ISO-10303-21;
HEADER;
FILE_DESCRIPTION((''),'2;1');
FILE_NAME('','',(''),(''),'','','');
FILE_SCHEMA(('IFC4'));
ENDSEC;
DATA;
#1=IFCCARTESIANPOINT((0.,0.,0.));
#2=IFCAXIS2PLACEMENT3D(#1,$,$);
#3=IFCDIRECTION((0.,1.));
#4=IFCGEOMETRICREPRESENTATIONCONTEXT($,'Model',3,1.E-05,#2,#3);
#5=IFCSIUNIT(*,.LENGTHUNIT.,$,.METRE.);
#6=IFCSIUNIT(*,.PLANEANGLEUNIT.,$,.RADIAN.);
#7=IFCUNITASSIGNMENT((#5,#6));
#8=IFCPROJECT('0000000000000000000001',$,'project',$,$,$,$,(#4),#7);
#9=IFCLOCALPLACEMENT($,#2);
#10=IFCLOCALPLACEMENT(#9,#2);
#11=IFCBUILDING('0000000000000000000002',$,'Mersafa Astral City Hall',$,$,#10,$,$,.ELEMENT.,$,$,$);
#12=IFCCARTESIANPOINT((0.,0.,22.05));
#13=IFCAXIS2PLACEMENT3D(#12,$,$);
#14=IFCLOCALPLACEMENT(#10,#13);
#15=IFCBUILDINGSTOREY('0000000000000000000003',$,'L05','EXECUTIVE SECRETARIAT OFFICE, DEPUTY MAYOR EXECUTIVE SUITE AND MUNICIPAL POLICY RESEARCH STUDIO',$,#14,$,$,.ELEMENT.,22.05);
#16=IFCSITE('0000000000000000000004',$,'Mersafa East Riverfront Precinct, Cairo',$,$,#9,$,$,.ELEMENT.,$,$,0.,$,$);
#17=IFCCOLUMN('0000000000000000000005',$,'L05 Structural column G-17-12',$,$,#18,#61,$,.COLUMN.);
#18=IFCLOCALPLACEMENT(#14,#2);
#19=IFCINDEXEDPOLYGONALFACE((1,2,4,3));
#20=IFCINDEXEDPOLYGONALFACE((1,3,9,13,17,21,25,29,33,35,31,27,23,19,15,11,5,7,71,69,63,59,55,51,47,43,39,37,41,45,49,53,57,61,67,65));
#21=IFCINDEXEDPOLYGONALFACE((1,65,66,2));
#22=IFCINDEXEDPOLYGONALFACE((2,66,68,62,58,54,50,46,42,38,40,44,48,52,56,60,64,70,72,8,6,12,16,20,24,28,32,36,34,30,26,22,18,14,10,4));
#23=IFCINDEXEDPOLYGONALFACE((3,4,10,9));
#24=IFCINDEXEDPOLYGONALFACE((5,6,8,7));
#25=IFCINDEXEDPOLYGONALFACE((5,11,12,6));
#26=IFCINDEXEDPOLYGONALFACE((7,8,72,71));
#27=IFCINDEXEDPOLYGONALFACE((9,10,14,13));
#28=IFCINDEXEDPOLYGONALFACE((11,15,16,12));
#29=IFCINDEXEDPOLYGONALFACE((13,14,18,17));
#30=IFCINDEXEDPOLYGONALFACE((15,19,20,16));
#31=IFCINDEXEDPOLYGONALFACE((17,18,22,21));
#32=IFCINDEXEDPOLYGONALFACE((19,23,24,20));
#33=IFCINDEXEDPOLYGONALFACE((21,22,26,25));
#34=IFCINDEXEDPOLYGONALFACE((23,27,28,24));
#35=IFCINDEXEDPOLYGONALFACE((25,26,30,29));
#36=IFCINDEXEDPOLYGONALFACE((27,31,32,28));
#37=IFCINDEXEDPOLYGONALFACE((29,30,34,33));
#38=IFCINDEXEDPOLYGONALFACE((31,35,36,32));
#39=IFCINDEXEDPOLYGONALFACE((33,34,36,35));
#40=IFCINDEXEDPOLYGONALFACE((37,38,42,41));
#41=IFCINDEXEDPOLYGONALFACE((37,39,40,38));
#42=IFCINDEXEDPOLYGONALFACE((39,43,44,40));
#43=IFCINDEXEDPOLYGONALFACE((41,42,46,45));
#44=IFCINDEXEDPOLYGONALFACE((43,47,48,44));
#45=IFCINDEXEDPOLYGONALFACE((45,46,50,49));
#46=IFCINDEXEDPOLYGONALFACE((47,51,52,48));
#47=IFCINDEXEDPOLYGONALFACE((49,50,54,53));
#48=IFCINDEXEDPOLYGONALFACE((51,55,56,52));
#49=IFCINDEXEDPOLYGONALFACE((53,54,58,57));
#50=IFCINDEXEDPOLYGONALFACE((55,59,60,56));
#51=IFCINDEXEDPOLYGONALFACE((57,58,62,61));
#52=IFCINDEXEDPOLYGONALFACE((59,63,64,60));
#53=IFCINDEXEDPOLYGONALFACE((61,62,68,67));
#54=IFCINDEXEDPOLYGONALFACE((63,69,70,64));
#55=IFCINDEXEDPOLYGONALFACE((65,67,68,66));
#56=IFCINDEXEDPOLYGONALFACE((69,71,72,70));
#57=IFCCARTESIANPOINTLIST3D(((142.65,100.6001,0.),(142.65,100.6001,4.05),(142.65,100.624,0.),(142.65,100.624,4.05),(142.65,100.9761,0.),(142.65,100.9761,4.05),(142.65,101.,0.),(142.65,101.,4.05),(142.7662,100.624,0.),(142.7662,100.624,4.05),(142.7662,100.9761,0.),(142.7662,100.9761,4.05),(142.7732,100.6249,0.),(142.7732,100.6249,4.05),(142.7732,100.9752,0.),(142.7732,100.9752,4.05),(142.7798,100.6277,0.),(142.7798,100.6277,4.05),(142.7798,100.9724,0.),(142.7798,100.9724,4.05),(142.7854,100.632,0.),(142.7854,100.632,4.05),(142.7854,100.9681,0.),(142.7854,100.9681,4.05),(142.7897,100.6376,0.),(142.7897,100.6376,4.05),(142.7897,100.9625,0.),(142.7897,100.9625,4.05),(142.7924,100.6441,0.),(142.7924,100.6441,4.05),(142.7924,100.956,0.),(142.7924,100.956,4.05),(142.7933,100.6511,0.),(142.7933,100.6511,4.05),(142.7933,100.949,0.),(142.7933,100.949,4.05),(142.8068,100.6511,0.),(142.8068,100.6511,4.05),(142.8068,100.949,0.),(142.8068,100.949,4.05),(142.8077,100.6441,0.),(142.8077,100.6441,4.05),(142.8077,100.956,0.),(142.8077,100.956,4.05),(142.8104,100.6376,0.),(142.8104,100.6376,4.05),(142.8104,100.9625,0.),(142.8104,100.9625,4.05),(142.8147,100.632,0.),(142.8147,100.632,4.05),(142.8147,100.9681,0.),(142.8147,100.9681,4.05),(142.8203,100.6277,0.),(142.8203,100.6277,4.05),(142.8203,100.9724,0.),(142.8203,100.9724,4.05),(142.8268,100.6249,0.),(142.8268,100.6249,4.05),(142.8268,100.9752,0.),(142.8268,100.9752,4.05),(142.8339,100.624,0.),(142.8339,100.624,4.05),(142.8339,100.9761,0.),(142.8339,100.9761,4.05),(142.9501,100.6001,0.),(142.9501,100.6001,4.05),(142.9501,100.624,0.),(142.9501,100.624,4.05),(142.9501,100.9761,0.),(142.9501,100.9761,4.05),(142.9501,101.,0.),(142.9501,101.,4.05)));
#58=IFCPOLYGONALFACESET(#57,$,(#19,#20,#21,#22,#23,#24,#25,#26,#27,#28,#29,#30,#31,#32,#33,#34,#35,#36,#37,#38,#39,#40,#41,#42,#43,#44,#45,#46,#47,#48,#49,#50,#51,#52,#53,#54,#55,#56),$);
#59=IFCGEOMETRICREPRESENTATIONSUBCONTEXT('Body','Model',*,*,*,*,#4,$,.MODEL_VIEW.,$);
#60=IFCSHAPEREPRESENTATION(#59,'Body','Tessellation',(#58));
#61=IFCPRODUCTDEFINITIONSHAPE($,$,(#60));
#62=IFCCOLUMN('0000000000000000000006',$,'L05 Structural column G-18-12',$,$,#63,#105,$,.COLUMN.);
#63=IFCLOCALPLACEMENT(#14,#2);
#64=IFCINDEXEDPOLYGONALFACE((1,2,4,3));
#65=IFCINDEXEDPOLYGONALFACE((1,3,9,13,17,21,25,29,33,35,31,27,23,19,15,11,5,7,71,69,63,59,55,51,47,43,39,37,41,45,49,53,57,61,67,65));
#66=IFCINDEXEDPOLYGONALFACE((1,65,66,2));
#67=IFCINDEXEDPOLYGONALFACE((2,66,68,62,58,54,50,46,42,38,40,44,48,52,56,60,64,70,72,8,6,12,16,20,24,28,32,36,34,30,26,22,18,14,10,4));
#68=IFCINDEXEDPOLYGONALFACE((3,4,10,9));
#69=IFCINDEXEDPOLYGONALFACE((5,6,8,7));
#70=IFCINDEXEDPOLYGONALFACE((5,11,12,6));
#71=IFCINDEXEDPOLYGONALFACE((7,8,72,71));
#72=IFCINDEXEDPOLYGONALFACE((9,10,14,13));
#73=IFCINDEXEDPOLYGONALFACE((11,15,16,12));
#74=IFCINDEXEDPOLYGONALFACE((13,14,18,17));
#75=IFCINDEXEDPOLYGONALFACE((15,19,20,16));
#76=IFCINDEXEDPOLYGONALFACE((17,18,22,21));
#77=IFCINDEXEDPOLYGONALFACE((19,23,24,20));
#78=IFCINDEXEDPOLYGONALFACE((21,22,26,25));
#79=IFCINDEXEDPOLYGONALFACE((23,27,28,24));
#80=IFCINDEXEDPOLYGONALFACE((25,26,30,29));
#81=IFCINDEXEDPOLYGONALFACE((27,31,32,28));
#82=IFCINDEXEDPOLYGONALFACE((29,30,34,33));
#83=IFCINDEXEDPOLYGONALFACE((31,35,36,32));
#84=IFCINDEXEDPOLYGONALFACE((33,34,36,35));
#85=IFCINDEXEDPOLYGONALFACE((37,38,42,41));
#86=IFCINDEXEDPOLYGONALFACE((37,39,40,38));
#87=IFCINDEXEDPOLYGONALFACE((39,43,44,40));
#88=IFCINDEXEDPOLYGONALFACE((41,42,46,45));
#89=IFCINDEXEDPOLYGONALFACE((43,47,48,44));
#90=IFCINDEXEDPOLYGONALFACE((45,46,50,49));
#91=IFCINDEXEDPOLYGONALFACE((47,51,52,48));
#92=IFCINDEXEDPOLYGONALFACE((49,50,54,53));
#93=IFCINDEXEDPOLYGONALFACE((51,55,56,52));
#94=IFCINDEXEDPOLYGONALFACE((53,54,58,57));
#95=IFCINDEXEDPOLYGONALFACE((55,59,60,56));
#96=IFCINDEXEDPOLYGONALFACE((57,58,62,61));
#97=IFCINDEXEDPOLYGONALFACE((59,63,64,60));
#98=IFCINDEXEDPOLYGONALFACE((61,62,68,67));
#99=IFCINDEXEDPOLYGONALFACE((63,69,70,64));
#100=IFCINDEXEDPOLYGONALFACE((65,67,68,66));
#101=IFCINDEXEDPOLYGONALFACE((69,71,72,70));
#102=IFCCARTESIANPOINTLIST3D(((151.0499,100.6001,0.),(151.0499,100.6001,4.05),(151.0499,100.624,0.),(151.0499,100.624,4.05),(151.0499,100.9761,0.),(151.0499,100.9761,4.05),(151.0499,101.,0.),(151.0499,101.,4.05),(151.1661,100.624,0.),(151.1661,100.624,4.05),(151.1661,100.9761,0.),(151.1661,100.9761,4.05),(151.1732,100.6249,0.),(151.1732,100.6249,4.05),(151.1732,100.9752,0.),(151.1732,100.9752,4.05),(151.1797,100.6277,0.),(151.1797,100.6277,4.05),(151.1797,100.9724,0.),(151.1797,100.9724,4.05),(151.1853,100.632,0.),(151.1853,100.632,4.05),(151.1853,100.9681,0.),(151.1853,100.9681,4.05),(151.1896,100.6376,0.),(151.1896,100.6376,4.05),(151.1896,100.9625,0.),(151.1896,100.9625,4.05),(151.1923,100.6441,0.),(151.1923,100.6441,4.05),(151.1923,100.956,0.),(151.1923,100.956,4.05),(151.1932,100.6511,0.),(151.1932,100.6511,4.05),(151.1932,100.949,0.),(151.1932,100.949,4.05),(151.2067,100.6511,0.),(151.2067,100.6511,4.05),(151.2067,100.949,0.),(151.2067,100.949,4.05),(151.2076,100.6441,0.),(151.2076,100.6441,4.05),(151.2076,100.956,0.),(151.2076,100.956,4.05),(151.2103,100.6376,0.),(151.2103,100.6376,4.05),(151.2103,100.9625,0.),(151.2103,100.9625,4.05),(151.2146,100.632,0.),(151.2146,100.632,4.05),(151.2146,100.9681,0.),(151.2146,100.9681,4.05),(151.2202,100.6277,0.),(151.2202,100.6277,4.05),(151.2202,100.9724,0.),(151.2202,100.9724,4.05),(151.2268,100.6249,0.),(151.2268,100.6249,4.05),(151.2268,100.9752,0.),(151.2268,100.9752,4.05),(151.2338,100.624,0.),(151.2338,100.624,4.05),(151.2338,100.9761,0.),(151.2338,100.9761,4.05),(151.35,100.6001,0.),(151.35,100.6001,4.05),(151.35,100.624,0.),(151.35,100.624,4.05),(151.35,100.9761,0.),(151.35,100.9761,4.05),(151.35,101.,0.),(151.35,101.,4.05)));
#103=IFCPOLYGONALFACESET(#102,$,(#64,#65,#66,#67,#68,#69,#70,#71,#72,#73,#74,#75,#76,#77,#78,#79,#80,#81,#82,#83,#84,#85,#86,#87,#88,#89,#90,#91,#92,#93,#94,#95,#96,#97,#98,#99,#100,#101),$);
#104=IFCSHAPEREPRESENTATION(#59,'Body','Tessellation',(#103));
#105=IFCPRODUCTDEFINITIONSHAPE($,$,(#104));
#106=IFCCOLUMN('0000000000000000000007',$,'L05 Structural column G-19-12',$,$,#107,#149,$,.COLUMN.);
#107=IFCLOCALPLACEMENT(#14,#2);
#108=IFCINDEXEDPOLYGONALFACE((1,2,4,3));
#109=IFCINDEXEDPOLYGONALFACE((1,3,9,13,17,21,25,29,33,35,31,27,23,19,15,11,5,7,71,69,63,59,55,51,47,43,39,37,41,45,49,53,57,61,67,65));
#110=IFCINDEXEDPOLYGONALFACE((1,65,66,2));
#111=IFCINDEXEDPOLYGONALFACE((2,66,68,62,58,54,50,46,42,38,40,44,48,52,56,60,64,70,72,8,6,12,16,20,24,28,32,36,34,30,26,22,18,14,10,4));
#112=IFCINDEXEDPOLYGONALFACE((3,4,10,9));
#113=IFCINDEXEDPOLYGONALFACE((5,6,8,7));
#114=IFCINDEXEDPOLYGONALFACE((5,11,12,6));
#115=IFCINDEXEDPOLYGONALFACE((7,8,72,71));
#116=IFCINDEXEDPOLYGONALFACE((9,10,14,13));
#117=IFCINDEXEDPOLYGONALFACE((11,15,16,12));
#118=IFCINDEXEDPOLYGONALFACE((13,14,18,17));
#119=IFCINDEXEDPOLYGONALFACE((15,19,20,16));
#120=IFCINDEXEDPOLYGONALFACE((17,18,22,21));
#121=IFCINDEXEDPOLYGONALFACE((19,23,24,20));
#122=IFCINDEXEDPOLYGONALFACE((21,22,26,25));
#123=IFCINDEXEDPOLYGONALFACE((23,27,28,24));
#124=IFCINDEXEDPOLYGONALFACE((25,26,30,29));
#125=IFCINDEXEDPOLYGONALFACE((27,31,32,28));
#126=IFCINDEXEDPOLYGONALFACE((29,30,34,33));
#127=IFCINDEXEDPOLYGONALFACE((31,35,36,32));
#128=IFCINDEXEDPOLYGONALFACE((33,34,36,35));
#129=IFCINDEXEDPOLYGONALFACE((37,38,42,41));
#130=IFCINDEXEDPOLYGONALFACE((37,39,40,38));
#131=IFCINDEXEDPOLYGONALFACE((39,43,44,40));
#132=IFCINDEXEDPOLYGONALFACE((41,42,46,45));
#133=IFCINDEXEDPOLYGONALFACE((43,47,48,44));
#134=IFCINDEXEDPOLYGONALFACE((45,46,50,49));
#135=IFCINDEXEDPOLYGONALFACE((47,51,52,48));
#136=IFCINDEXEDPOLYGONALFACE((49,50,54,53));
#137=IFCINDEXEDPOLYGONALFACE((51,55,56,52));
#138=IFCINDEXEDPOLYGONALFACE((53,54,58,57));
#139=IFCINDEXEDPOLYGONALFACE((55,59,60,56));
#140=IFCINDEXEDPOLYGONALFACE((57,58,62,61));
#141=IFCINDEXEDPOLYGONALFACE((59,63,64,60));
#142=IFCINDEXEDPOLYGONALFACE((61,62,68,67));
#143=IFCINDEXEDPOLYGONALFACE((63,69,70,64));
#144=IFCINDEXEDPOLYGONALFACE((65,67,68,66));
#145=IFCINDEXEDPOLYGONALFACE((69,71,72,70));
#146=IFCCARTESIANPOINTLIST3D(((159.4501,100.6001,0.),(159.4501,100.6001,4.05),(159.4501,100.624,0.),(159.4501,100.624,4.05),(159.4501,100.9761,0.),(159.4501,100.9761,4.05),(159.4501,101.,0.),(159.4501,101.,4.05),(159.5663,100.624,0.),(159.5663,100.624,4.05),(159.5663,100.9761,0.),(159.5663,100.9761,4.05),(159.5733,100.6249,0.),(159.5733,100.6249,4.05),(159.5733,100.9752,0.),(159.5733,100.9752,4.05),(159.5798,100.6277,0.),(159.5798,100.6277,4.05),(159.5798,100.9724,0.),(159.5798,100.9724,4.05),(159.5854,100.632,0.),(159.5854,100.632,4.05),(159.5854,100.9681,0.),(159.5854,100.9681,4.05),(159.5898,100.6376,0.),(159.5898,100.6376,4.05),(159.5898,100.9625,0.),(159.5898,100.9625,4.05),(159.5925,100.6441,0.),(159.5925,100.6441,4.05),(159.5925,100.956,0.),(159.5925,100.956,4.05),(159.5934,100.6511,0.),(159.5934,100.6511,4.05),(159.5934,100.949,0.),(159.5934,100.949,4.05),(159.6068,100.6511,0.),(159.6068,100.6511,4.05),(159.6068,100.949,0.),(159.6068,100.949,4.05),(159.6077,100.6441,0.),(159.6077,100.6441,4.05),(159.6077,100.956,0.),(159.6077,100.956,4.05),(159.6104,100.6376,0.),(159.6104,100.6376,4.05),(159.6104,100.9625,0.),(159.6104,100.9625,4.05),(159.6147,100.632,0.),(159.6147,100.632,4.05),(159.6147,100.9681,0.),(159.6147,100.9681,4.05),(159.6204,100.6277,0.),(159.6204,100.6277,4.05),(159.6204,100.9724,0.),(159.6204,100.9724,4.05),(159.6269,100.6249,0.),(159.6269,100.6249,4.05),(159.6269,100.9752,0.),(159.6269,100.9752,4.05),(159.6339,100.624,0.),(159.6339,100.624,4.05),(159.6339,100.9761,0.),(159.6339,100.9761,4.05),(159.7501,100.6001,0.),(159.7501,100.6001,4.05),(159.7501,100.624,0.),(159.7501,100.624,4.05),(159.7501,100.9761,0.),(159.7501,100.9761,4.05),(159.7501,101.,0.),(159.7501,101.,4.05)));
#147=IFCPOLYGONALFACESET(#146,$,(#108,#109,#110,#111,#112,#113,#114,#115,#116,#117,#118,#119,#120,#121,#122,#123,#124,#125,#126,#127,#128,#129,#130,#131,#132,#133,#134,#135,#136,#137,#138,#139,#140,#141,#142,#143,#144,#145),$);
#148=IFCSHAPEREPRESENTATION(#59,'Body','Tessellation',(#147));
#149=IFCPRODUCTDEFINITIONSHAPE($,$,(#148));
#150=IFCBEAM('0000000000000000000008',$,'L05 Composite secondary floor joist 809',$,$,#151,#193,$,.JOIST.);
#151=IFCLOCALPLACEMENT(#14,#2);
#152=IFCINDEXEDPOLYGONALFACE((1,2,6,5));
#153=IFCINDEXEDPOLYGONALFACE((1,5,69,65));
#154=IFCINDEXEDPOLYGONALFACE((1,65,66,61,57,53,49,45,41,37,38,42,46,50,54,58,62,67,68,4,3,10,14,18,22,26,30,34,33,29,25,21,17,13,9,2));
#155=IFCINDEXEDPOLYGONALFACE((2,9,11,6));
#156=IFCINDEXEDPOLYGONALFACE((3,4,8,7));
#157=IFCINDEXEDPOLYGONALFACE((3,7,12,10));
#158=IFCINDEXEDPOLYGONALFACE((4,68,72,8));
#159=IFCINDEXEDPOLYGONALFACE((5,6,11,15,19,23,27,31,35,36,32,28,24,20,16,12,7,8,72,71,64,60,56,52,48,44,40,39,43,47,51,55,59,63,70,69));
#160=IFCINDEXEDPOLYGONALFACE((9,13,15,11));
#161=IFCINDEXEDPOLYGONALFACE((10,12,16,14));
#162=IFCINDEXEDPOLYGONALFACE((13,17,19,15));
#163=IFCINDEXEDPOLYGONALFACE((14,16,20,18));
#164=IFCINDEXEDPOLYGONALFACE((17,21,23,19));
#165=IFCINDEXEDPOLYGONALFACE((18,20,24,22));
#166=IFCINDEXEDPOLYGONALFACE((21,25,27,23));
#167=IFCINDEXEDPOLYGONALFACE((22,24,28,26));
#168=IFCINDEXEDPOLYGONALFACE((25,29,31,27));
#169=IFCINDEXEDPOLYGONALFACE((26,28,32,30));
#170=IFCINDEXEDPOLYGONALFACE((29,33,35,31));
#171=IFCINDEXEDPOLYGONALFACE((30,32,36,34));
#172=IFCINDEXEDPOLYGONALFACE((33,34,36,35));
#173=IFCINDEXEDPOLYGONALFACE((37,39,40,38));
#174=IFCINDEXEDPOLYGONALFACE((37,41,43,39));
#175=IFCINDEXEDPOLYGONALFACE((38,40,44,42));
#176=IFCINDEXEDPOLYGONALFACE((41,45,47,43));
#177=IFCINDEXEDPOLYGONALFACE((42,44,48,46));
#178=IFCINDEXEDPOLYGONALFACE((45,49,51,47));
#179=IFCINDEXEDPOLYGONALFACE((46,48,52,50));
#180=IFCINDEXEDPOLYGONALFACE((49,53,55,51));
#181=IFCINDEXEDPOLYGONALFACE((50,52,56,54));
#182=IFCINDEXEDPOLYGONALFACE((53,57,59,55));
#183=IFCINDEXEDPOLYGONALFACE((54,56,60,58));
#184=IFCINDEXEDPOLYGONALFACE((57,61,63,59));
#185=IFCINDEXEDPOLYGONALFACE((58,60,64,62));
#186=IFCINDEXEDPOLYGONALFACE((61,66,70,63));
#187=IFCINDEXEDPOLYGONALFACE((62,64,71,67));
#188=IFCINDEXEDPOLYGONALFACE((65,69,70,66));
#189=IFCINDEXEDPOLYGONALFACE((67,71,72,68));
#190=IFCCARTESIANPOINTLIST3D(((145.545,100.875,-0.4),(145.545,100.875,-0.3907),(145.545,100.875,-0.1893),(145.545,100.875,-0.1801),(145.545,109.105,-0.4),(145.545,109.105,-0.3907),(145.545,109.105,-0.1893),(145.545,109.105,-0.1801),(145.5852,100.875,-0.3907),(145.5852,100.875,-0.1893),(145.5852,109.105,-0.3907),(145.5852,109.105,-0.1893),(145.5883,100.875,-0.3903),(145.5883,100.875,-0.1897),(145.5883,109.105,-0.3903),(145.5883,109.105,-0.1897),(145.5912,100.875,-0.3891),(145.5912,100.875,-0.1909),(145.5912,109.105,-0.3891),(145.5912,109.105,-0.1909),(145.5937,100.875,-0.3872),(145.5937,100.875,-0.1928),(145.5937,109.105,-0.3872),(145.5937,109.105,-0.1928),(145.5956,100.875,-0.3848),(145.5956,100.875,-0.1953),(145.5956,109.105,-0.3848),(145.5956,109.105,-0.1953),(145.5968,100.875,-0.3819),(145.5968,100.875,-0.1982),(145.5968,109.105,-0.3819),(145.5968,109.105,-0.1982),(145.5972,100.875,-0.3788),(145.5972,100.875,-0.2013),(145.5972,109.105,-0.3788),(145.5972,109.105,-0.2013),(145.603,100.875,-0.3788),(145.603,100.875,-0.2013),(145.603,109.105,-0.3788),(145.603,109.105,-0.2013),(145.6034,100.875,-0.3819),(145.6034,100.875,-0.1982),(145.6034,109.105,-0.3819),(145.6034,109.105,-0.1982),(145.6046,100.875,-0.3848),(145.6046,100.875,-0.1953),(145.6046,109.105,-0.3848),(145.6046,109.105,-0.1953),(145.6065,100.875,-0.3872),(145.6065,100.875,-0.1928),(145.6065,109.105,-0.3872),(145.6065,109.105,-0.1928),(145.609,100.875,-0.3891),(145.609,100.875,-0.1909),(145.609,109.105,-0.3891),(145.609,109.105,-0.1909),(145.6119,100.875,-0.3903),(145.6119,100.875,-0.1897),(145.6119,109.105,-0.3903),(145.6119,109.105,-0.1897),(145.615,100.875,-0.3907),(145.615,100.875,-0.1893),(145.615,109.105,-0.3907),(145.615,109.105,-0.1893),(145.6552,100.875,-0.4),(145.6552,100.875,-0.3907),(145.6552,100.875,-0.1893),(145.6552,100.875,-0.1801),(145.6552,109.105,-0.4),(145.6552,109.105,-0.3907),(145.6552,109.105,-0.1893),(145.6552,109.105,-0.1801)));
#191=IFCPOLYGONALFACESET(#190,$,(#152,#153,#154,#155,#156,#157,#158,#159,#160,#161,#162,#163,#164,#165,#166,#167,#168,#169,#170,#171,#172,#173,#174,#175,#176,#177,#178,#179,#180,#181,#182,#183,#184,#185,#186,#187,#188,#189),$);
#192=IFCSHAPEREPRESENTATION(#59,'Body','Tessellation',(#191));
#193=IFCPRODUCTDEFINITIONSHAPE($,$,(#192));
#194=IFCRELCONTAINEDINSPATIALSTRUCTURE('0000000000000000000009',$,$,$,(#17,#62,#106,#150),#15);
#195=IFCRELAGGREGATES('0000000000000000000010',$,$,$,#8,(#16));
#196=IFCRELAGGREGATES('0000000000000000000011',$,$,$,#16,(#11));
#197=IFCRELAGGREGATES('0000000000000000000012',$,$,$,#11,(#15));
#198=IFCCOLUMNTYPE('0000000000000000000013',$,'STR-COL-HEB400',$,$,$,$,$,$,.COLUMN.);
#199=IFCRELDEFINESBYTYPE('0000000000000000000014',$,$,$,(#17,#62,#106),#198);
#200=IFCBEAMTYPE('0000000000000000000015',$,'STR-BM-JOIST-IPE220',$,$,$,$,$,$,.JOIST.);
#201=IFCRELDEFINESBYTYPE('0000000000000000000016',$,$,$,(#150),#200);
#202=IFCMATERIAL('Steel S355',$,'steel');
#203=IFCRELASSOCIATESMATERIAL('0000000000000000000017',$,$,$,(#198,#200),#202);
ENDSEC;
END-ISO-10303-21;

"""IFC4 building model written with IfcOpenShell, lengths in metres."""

from ifc_helpers import new_model, si_unit, direction, frame, origin, origin_2d, place, context, subcontext, project, spatial, i_section, extrude, material, material_profile, profile_set, type_object, element, save


model = new_model("IFC4")

# Units and contexts
model_context = context("Model", 3, precision=1e-05, world=origin(), true_north=direction((0.0, 1.0)))
body_context = subcontext(model_context, "Body", "Model", "MODEL_VIEW")
ifc_project = project(units=[si_unit("LENGTHUNIT", "METRE"), si_unit("PLANEANGLEUNIT", "RADIAN")], contexts=[model_context])

# Site, building, storey
site_placement = place(None, origin())
site = spatial("IfcSite", under=ifc_project, at=site_placement, Name="Mersafa East Riverfront Precinct, Cairo", CompositionType="ELEMENT", RefElevation=0.0)
building_placement = place(site_placement, origin())
building = spatial("IfcBuilding", under=site, at=building_placement, Name="Mersafa Astral City Hall", CompositionType="ELEMENT")
storey_placement = place(building_placement, frame((0.0, 0.0, 22.05)))
storey = spatial("IfcBuildingStorey", under=building, at=storey_placement, Name="L05", Description="EXECUTIVE SECRETARIAT OFFICE, DEPUTY MAYOR EXECUTIVE SUITE AND MUNICIPAL POLICY RESEARCH STUDIO", CompositionType="ELEMENT", Elevation=22.05)

# Columns
ifc_material_1 = material(Name="Steel S355", Category="steel")
ifc_material_profile_1 = material_profile(ifc_material_1, i_section(OverallWidth=0.3, OverallDepth=0.3999, WebThickness=0.0134, FlangeThickness=0.0239, FilletRadius=0.0271, at=origin_2d()), Name="HEB 400")
ifc_profile_set_1 = profile_set([ifc_material_profile_1], Name="Steel S355")
column_type = type_object("IfcColumnType", Name="STR-COL-HEB400", PredefinedType="COLUMN", material=ifc_profile_set_1)
for number, where, z_axis, x_axis, name in (
    (1, (142.8, 100.8, 0.0), (0.0, 0.0, 1.0), (1.0, 0.0, 0.0), "L05 Structural column G-17-12"),
    (2, (151.2, 100.8, 0.0), (0.0, 0.0, 1.0), (1.0, 0.0, 0.0), "L05 Structural column G-18-12"),
    (3, (159.6001, 100.8, 0.0), (0.0, 0.0, 1.0), (1.0, 0.0, 0.0), "L05 Structural column G-19-12"),
):
    element("IfcColumn", number, at=place(storey_placement, frame(where, z_axis=z_axis, x_axis=x_axis)), inside=storey, type_object=column_type, Name=name, PredefinedType="COLUMN", context=body_context, shape_type="SweptSolid", body=[
        extrude(i_section(OverallWidth=0.3, OverallDepth=0.3999, WebThickness=0.0134, FlangeThickness=0.0239, FilletRadius=0.0271, at=origin_2d()), origin(), (0.0, 0.0, 1.0), 4.05),
    ])

# Beam
ifc_material_profile_2 = material_profile(ifc_material_1, i_section(OverallWidth=0.1101, OverallDepth=0.22, WebThickness=0.0059, FlangeThickness=0.0093, FilletRadius=0.012, at=origin_2d()), Name="IPE 220")
ifc_profile_set_2 = profile_set([ifc_material_profile_2], Name="Steel S355")
beam_type_1 = type_object("IfcBeamType", Name="STR-BM-JOIST-IPE220", PredefinedType="JOIST", material=ifc_profile_set_2)
for number, where, z_axis, x_axis, name in (
    (4, (145.6001, 100.875, -0.29), (0.0, 1.0, 0.0), (-1.0, 0.0, 0.0), "L05 Composite secondary floor joist 809"),
):
    element("IfcBeam", number, at=place(storey_placement, frame(where, z_axis=z_axis, x_axis=x_axis)), inside=storey, type_object=beam_type_1, Name=name, PredefinedType="JOIST", context=body_context, shape_type="SweptSolid", body=[
        extrude(i_section(OverallWidth=0.1101, OverallDepth=0.22, WebThickness=0.0059, FlangeThickness=0.0093, FilletRadius=0.012, at=origin_2d()), origin(), (0.0, 0.0, 1.0), 8.23),
    ])

save(model, "model.ifc")
